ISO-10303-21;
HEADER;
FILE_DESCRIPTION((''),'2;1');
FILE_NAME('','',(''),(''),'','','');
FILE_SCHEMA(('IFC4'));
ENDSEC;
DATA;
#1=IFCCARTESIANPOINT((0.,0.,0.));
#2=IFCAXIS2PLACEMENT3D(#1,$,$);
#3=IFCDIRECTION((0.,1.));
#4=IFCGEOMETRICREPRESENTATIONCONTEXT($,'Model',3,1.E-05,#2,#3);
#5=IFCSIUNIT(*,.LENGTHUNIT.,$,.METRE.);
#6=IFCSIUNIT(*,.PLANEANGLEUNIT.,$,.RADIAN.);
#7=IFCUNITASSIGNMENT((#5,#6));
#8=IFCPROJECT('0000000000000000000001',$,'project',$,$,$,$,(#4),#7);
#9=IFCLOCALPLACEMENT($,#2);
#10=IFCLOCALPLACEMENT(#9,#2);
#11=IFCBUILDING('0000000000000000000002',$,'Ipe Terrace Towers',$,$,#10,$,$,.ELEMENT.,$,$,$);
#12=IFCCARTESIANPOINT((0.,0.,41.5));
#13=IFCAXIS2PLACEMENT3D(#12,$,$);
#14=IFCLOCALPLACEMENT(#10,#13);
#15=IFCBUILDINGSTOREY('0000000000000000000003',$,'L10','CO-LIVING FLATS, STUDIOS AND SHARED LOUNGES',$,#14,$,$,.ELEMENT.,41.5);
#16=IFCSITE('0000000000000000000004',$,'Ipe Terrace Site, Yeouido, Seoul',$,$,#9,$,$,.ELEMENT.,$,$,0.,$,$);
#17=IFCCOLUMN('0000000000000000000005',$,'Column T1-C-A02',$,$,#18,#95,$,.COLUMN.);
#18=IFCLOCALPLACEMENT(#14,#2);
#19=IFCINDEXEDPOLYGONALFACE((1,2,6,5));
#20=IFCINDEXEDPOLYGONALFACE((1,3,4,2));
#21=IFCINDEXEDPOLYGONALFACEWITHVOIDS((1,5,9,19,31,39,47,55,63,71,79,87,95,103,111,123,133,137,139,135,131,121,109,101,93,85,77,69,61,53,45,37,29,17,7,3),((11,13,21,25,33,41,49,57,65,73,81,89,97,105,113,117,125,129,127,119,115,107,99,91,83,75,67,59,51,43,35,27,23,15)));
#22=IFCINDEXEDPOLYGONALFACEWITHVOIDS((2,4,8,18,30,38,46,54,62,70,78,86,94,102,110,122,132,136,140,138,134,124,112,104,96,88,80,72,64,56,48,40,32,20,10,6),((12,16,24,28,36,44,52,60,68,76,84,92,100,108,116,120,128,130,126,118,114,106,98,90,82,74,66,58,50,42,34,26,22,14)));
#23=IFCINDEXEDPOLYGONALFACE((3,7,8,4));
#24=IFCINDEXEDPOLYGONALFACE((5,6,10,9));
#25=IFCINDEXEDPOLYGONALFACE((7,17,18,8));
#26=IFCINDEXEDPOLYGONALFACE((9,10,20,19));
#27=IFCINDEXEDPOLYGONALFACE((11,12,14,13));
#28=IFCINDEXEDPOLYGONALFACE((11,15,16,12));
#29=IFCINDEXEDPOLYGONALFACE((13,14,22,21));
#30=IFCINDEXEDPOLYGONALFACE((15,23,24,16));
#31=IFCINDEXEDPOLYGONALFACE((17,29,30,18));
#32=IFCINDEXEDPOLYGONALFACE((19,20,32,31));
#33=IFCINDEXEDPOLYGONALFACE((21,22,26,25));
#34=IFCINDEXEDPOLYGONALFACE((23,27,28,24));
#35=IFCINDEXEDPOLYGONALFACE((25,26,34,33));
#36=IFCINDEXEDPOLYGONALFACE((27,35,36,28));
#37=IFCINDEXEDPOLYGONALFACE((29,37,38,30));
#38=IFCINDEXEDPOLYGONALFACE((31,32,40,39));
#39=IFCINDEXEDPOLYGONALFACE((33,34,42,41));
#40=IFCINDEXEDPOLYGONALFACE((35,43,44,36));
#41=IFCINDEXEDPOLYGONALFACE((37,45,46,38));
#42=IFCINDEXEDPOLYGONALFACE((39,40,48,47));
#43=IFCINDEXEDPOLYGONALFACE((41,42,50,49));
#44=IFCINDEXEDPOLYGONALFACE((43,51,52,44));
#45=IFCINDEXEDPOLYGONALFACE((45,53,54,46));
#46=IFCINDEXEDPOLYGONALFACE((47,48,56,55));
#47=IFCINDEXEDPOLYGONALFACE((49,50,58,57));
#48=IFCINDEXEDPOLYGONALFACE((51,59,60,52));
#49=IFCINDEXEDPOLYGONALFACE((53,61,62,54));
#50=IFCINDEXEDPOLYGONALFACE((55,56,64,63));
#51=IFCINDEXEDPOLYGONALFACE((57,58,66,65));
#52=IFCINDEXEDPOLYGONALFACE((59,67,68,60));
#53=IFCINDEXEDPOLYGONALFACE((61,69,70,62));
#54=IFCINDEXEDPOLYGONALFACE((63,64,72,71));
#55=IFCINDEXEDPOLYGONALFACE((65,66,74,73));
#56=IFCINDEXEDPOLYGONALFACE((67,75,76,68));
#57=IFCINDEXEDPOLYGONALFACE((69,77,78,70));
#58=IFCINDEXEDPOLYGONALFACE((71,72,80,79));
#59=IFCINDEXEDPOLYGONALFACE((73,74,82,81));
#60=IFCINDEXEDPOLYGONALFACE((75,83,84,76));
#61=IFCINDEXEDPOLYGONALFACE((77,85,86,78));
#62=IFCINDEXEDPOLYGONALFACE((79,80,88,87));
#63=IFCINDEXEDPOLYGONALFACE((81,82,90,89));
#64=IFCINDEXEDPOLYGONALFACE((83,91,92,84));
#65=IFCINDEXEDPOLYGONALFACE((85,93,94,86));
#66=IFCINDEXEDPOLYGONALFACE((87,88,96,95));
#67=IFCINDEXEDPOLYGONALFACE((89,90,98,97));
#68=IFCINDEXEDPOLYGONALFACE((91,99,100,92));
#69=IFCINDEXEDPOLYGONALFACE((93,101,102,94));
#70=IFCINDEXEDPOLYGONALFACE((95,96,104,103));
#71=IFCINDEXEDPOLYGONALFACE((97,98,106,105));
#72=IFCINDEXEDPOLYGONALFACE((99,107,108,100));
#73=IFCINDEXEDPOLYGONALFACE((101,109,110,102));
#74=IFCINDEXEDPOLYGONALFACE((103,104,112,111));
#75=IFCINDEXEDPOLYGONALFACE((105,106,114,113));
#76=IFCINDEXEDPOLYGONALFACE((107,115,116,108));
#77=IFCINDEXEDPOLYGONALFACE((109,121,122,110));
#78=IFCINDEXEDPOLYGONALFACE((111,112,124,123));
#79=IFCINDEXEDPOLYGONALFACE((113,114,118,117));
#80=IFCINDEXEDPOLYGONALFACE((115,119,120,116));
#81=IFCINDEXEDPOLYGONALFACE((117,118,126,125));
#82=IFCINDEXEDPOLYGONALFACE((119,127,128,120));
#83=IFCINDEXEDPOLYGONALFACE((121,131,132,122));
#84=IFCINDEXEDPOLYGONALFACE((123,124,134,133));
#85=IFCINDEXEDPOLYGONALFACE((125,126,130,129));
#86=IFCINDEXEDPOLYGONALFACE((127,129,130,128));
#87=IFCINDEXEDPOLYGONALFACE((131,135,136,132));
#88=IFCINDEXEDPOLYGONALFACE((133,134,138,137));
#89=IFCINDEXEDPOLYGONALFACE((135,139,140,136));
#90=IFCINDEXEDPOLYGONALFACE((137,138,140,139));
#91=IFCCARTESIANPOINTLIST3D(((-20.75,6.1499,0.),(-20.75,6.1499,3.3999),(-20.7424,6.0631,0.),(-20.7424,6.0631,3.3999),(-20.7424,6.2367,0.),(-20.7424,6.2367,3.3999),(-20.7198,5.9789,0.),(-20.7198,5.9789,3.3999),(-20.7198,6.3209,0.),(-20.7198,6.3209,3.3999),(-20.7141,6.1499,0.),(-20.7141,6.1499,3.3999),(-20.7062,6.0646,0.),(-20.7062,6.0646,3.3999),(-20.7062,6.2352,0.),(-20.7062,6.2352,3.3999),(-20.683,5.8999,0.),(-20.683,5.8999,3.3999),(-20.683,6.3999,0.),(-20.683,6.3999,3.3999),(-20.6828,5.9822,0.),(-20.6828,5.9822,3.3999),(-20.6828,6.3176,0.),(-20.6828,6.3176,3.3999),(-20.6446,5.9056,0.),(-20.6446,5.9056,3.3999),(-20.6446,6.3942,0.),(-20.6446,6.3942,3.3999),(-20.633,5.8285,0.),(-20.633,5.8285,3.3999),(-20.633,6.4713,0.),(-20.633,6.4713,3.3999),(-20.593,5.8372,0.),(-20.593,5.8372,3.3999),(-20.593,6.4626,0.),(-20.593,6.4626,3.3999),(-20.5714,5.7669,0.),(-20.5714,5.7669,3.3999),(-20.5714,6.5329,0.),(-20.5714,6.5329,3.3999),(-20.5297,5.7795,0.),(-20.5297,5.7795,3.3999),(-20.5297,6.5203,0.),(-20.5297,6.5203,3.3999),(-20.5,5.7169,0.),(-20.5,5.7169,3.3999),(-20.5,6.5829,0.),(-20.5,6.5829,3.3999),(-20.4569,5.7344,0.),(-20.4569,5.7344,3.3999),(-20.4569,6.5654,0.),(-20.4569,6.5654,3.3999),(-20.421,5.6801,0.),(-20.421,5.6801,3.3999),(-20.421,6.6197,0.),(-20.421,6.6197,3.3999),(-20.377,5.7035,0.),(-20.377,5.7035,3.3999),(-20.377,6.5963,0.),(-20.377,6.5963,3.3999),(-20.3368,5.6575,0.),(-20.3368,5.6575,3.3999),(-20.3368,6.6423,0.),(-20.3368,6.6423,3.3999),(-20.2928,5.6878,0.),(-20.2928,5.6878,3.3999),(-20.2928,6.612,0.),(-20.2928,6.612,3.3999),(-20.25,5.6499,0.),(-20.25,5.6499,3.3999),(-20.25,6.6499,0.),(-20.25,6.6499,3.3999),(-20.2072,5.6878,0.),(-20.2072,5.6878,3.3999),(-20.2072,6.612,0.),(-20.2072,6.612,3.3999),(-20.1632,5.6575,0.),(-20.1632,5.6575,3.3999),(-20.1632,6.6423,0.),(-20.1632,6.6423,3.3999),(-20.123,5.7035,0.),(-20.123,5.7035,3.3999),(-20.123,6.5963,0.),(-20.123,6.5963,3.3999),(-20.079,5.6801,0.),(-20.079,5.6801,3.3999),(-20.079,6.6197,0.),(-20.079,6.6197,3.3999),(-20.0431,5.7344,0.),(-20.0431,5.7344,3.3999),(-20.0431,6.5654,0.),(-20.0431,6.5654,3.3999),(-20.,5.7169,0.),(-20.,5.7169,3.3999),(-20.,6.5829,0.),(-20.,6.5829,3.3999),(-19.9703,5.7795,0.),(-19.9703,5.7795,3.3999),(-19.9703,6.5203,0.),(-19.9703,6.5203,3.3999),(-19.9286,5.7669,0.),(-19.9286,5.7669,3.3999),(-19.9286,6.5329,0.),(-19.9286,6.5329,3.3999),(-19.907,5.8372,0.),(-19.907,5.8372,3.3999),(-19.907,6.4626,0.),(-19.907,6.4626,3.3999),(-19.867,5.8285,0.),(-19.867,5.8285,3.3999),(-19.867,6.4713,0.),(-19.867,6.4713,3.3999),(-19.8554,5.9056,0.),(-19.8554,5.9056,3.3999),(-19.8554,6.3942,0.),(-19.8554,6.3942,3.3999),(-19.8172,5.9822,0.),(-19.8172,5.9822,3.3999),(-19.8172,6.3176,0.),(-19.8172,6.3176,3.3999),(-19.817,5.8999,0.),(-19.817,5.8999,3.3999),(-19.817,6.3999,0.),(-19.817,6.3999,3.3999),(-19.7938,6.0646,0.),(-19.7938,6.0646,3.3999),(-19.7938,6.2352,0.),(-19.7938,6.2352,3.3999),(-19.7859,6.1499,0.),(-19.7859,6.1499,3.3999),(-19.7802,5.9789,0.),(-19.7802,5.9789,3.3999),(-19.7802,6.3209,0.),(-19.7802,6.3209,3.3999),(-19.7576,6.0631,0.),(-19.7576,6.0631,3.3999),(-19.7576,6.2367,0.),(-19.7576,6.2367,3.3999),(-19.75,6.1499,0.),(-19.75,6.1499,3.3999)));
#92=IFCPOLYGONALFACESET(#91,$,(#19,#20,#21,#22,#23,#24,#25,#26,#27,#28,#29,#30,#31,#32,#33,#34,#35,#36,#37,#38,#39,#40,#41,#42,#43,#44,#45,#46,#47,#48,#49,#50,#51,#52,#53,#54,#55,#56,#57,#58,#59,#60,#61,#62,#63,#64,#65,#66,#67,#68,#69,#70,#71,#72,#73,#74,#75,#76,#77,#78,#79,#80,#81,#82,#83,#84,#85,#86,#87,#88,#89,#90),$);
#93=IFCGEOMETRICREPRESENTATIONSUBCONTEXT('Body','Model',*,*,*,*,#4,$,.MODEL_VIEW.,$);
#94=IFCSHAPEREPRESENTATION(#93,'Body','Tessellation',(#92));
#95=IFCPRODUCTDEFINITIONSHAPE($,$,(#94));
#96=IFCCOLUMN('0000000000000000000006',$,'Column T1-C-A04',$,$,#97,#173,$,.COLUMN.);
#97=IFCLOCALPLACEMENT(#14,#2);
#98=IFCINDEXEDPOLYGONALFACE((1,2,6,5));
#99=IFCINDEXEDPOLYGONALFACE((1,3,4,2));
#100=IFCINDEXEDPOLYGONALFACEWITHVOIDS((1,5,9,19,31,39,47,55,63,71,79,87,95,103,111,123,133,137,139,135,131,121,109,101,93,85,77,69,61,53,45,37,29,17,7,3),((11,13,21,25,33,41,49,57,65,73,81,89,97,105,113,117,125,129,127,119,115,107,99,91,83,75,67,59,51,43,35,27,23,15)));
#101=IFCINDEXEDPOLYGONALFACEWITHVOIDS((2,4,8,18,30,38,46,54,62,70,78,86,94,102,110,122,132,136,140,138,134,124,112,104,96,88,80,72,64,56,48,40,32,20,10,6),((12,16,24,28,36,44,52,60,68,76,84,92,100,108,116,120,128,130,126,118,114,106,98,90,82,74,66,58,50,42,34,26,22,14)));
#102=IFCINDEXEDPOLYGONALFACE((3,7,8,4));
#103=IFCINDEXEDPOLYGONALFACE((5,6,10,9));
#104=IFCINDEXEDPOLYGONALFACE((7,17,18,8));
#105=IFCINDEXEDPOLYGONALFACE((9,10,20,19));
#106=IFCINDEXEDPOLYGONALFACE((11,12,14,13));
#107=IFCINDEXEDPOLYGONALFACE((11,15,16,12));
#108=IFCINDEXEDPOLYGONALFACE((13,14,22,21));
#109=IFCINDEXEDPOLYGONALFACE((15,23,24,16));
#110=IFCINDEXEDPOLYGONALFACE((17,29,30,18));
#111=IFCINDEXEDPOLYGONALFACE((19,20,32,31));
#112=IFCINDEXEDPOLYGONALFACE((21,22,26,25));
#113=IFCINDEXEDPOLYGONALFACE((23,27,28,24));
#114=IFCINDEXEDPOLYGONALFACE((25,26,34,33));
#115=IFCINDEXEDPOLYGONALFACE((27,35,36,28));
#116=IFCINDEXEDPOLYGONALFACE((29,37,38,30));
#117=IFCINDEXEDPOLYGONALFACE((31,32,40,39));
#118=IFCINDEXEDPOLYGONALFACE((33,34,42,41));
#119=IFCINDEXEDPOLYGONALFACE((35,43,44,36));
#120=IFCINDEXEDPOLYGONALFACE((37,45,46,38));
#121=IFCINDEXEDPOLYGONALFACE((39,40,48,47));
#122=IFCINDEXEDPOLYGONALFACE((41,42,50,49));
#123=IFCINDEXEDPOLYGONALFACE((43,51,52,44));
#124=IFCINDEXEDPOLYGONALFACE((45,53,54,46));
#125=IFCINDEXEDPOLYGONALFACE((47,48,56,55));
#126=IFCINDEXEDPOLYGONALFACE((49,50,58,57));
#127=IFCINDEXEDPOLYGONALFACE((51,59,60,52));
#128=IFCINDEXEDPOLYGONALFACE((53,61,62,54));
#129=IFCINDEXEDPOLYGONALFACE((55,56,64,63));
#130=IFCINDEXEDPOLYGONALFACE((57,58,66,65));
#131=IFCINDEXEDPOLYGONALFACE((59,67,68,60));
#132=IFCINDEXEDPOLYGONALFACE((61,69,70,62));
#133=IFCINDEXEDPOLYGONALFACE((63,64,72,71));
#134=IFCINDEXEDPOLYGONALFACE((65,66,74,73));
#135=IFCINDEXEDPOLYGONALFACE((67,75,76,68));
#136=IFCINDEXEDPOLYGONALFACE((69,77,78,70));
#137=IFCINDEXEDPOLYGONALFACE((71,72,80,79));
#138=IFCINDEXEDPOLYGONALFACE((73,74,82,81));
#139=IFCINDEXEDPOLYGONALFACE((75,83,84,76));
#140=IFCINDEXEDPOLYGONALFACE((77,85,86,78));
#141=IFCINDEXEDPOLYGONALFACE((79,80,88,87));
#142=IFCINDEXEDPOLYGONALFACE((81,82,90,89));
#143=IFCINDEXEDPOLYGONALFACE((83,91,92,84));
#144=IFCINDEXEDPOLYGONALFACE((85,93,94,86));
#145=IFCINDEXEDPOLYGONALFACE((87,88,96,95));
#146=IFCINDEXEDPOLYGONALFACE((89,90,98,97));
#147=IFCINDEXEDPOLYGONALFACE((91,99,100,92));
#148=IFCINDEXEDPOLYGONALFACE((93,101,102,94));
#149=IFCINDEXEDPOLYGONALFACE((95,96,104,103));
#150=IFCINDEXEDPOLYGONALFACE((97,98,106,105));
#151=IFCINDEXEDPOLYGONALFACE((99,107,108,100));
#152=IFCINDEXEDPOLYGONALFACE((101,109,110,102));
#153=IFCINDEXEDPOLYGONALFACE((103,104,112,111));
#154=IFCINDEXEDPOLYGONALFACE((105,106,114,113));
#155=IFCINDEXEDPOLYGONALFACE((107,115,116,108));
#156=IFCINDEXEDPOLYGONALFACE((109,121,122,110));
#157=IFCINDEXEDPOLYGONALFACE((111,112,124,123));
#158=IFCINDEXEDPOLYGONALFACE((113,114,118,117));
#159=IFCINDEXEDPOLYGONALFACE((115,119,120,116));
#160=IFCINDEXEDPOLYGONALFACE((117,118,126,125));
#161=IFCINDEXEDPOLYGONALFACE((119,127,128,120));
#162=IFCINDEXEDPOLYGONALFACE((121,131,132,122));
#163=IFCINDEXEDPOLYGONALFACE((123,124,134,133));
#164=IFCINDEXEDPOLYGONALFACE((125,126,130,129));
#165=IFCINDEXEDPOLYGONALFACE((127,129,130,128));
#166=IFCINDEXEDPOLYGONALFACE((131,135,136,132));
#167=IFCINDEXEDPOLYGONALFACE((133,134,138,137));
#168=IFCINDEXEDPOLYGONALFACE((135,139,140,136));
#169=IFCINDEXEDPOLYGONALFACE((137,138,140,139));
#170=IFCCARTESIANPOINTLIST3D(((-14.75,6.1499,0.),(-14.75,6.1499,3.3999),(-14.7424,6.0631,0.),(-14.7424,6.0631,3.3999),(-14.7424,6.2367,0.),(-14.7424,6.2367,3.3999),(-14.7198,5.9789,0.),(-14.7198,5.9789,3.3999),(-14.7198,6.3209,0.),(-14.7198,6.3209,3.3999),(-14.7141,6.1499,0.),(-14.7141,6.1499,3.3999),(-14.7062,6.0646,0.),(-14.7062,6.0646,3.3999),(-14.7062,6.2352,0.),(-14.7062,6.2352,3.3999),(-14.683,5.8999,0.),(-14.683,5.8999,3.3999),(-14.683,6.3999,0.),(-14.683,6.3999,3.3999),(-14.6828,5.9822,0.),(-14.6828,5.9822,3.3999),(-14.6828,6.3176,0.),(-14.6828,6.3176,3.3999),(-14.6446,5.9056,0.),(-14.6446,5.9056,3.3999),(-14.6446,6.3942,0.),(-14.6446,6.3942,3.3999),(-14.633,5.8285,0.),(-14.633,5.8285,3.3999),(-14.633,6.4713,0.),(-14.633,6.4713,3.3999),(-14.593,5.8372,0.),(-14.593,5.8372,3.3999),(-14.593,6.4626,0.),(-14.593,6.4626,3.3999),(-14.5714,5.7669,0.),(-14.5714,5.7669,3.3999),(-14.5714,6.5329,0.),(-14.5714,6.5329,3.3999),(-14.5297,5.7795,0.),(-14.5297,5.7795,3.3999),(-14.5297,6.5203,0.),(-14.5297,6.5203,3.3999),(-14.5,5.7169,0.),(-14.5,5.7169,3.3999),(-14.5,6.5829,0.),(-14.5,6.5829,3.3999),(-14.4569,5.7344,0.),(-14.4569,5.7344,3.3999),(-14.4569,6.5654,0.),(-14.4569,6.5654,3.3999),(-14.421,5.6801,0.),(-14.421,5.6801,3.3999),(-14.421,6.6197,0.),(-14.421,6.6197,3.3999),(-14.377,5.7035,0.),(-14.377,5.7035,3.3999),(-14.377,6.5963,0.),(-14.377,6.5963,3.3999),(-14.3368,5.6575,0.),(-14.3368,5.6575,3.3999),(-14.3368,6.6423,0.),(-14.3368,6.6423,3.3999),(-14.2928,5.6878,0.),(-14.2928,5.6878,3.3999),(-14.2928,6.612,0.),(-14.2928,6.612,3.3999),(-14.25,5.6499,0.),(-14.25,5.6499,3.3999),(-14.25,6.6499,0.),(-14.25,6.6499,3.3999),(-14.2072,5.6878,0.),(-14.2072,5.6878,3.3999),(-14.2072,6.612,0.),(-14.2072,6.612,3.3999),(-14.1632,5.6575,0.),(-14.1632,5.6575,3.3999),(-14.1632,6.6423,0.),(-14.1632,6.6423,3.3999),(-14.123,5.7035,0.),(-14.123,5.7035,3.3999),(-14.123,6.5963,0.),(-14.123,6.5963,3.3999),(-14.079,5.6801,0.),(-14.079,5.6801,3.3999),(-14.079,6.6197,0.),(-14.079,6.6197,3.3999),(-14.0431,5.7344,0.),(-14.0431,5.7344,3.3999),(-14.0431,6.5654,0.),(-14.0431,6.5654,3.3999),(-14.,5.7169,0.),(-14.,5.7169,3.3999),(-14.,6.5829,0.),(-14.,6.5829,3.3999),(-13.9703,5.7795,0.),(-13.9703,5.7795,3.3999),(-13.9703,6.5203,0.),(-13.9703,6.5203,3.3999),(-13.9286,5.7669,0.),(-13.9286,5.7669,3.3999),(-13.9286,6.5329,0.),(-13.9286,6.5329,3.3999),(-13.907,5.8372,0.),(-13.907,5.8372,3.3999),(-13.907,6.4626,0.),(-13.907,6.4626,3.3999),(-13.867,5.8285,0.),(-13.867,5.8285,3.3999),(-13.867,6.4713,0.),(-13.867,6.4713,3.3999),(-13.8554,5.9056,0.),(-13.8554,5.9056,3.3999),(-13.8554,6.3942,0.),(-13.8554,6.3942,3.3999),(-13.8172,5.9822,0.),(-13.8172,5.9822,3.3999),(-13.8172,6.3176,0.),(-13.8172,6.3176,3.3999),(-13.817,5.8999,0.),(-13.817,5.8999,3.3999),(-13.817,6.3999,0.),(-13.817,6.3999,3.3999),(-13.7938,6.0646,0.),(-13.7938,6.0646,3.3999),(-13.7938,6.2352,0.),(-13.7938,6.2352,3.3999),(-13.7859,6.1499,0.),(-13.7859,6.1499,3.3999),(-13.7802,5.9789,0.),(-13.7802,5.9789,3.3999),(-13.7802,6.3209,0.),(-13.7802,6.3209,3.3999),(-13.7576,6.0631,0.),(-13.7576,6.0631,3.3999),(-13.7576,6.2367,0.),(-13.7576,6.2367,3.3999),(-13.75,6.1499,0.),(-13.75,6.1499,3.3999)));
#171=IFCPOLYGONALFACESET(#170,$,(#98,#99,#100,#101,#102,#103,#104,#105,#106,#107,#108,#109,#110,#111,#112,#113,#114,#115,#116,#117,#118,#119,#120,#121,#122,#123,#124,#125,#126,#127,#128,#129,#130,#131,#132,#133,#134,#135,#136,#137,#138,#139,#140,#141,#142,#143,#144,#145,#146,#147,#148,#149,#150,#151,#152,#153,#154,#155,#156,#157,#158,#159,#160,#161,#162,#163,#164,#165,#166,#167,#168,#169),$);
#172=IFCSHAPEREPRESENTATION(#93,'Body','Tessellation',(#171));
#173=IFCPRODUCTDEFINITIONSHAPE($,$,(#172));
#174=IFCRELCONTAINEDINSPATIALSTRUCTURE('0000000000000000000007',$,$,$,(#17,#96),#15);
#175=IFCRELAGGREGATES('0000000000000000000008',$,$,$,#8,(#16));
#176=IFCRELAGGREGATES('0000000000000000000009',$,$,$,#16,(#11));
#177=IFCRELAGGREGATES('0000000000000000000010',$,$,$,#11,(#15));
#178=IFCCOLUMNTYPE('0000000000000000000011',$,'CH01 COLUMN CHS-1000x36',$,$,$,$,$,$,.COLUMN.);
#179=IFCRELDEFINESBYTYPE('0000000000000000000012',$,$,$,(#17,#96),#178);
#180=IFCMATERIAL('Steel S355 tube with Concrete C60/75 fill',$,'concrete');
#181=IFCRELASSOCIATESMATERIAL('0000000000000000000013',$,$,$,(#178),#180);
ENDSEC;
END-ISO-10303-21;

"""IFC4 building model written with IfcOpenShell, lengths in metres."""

from ifc_helpers import new_model, si_unit, direction, frame, origin, origin_2d, place, context, subcontext, project, spatial, hollow_circle, extrude, material, material_profile, profile_set, type_object, element, save


model = new_model("IFC4")

# Units and contexts
model_context = context("Model", 3, precision=1e-05, world=origin(), true_north=direction((0.0, 1.0)))
body_context = subcontext(model_context, "Body", "Model", "MODEL_VIEW")
ifc_project = project(units=[si_unit("LENGTHUNIT", "METRE"), si_unit("PLANEANGLEUNIT", "RADIAN")], contexts=[model_context])

# Site, building, storey
site_placement = place(None, origin())
site = spatial("IfcSite", under=ifc_project, at=site_placement, Name="Ipe Terrace Site, Yeouido, Seoul", CompositionType="ELEMENT", RefElevation=0.0)
building_placement = place(site_placement, origin())
building = spatial("IfcBuilding", under=site, at=building_placement, Name="Ipe Terrace Towers", CompositionType="ELEMENT")
storey_placement = place(building_placement, frame((0.0, 0.0, 41.5)))
storey = spatial("IfcBuildingStorey", under=building, at=storey_placement, Name="L10", Description="CO-LIVING FLATS, STUDIOS AND SHARED LOUNGES", CompositionType="ELEMENT", Elevation=41.5)

# Columns
ifc_material_1 = material(Name="Steel S355 tube with Concrete C60/75 fill", Category="concrete")
ifc_material_profile_1 = material_profile(ifc_material_1, hollow_circle(Radius=0.5, WallThickness=0.0359, at=origin_2d()), Name="CHS-1000x36")
ifc_profile_set_1 = profile_set([ifc_material_profile_1], Name="Steel S355 tube with Concrete C60/75 fill")
column_type = type_object("IfcColumnType", Name="CH01 COLUMN CHS-1000x36", PredefinedType="COLUMN", material=ifc_profile_set_1)
for number, where, z_axis, x_axis, name in (
    (1, (-20.25, 6.1499, 0.0), (0.0, 0.0, 1.0), (1.0, 0.0, 0.0), "Column T1-C-A02"),
    (2, (-14.25, 6.1499, 0.0), (0.0, 0.0, 1.0), (1.0, 0.0, 0.0), "Column T1-C-A04"),
):
    element("IfcColumn", number, at=place(storey_placement, frame(where, z_axis=z_axis, x_axis=x_axis)), inside=storey, type_object=column_type, Name=name, PredefinedType="COLUMN", context=body_context, shape_type="SweptSolid", body=[
        extrude(hollow_circle(Radius=0.5, WallThickness=0.0359, at=origin_2d()), origin(), (0.0, 0.0, 1.0), 3.3999),
    ])

save(model, "model.ifc")
